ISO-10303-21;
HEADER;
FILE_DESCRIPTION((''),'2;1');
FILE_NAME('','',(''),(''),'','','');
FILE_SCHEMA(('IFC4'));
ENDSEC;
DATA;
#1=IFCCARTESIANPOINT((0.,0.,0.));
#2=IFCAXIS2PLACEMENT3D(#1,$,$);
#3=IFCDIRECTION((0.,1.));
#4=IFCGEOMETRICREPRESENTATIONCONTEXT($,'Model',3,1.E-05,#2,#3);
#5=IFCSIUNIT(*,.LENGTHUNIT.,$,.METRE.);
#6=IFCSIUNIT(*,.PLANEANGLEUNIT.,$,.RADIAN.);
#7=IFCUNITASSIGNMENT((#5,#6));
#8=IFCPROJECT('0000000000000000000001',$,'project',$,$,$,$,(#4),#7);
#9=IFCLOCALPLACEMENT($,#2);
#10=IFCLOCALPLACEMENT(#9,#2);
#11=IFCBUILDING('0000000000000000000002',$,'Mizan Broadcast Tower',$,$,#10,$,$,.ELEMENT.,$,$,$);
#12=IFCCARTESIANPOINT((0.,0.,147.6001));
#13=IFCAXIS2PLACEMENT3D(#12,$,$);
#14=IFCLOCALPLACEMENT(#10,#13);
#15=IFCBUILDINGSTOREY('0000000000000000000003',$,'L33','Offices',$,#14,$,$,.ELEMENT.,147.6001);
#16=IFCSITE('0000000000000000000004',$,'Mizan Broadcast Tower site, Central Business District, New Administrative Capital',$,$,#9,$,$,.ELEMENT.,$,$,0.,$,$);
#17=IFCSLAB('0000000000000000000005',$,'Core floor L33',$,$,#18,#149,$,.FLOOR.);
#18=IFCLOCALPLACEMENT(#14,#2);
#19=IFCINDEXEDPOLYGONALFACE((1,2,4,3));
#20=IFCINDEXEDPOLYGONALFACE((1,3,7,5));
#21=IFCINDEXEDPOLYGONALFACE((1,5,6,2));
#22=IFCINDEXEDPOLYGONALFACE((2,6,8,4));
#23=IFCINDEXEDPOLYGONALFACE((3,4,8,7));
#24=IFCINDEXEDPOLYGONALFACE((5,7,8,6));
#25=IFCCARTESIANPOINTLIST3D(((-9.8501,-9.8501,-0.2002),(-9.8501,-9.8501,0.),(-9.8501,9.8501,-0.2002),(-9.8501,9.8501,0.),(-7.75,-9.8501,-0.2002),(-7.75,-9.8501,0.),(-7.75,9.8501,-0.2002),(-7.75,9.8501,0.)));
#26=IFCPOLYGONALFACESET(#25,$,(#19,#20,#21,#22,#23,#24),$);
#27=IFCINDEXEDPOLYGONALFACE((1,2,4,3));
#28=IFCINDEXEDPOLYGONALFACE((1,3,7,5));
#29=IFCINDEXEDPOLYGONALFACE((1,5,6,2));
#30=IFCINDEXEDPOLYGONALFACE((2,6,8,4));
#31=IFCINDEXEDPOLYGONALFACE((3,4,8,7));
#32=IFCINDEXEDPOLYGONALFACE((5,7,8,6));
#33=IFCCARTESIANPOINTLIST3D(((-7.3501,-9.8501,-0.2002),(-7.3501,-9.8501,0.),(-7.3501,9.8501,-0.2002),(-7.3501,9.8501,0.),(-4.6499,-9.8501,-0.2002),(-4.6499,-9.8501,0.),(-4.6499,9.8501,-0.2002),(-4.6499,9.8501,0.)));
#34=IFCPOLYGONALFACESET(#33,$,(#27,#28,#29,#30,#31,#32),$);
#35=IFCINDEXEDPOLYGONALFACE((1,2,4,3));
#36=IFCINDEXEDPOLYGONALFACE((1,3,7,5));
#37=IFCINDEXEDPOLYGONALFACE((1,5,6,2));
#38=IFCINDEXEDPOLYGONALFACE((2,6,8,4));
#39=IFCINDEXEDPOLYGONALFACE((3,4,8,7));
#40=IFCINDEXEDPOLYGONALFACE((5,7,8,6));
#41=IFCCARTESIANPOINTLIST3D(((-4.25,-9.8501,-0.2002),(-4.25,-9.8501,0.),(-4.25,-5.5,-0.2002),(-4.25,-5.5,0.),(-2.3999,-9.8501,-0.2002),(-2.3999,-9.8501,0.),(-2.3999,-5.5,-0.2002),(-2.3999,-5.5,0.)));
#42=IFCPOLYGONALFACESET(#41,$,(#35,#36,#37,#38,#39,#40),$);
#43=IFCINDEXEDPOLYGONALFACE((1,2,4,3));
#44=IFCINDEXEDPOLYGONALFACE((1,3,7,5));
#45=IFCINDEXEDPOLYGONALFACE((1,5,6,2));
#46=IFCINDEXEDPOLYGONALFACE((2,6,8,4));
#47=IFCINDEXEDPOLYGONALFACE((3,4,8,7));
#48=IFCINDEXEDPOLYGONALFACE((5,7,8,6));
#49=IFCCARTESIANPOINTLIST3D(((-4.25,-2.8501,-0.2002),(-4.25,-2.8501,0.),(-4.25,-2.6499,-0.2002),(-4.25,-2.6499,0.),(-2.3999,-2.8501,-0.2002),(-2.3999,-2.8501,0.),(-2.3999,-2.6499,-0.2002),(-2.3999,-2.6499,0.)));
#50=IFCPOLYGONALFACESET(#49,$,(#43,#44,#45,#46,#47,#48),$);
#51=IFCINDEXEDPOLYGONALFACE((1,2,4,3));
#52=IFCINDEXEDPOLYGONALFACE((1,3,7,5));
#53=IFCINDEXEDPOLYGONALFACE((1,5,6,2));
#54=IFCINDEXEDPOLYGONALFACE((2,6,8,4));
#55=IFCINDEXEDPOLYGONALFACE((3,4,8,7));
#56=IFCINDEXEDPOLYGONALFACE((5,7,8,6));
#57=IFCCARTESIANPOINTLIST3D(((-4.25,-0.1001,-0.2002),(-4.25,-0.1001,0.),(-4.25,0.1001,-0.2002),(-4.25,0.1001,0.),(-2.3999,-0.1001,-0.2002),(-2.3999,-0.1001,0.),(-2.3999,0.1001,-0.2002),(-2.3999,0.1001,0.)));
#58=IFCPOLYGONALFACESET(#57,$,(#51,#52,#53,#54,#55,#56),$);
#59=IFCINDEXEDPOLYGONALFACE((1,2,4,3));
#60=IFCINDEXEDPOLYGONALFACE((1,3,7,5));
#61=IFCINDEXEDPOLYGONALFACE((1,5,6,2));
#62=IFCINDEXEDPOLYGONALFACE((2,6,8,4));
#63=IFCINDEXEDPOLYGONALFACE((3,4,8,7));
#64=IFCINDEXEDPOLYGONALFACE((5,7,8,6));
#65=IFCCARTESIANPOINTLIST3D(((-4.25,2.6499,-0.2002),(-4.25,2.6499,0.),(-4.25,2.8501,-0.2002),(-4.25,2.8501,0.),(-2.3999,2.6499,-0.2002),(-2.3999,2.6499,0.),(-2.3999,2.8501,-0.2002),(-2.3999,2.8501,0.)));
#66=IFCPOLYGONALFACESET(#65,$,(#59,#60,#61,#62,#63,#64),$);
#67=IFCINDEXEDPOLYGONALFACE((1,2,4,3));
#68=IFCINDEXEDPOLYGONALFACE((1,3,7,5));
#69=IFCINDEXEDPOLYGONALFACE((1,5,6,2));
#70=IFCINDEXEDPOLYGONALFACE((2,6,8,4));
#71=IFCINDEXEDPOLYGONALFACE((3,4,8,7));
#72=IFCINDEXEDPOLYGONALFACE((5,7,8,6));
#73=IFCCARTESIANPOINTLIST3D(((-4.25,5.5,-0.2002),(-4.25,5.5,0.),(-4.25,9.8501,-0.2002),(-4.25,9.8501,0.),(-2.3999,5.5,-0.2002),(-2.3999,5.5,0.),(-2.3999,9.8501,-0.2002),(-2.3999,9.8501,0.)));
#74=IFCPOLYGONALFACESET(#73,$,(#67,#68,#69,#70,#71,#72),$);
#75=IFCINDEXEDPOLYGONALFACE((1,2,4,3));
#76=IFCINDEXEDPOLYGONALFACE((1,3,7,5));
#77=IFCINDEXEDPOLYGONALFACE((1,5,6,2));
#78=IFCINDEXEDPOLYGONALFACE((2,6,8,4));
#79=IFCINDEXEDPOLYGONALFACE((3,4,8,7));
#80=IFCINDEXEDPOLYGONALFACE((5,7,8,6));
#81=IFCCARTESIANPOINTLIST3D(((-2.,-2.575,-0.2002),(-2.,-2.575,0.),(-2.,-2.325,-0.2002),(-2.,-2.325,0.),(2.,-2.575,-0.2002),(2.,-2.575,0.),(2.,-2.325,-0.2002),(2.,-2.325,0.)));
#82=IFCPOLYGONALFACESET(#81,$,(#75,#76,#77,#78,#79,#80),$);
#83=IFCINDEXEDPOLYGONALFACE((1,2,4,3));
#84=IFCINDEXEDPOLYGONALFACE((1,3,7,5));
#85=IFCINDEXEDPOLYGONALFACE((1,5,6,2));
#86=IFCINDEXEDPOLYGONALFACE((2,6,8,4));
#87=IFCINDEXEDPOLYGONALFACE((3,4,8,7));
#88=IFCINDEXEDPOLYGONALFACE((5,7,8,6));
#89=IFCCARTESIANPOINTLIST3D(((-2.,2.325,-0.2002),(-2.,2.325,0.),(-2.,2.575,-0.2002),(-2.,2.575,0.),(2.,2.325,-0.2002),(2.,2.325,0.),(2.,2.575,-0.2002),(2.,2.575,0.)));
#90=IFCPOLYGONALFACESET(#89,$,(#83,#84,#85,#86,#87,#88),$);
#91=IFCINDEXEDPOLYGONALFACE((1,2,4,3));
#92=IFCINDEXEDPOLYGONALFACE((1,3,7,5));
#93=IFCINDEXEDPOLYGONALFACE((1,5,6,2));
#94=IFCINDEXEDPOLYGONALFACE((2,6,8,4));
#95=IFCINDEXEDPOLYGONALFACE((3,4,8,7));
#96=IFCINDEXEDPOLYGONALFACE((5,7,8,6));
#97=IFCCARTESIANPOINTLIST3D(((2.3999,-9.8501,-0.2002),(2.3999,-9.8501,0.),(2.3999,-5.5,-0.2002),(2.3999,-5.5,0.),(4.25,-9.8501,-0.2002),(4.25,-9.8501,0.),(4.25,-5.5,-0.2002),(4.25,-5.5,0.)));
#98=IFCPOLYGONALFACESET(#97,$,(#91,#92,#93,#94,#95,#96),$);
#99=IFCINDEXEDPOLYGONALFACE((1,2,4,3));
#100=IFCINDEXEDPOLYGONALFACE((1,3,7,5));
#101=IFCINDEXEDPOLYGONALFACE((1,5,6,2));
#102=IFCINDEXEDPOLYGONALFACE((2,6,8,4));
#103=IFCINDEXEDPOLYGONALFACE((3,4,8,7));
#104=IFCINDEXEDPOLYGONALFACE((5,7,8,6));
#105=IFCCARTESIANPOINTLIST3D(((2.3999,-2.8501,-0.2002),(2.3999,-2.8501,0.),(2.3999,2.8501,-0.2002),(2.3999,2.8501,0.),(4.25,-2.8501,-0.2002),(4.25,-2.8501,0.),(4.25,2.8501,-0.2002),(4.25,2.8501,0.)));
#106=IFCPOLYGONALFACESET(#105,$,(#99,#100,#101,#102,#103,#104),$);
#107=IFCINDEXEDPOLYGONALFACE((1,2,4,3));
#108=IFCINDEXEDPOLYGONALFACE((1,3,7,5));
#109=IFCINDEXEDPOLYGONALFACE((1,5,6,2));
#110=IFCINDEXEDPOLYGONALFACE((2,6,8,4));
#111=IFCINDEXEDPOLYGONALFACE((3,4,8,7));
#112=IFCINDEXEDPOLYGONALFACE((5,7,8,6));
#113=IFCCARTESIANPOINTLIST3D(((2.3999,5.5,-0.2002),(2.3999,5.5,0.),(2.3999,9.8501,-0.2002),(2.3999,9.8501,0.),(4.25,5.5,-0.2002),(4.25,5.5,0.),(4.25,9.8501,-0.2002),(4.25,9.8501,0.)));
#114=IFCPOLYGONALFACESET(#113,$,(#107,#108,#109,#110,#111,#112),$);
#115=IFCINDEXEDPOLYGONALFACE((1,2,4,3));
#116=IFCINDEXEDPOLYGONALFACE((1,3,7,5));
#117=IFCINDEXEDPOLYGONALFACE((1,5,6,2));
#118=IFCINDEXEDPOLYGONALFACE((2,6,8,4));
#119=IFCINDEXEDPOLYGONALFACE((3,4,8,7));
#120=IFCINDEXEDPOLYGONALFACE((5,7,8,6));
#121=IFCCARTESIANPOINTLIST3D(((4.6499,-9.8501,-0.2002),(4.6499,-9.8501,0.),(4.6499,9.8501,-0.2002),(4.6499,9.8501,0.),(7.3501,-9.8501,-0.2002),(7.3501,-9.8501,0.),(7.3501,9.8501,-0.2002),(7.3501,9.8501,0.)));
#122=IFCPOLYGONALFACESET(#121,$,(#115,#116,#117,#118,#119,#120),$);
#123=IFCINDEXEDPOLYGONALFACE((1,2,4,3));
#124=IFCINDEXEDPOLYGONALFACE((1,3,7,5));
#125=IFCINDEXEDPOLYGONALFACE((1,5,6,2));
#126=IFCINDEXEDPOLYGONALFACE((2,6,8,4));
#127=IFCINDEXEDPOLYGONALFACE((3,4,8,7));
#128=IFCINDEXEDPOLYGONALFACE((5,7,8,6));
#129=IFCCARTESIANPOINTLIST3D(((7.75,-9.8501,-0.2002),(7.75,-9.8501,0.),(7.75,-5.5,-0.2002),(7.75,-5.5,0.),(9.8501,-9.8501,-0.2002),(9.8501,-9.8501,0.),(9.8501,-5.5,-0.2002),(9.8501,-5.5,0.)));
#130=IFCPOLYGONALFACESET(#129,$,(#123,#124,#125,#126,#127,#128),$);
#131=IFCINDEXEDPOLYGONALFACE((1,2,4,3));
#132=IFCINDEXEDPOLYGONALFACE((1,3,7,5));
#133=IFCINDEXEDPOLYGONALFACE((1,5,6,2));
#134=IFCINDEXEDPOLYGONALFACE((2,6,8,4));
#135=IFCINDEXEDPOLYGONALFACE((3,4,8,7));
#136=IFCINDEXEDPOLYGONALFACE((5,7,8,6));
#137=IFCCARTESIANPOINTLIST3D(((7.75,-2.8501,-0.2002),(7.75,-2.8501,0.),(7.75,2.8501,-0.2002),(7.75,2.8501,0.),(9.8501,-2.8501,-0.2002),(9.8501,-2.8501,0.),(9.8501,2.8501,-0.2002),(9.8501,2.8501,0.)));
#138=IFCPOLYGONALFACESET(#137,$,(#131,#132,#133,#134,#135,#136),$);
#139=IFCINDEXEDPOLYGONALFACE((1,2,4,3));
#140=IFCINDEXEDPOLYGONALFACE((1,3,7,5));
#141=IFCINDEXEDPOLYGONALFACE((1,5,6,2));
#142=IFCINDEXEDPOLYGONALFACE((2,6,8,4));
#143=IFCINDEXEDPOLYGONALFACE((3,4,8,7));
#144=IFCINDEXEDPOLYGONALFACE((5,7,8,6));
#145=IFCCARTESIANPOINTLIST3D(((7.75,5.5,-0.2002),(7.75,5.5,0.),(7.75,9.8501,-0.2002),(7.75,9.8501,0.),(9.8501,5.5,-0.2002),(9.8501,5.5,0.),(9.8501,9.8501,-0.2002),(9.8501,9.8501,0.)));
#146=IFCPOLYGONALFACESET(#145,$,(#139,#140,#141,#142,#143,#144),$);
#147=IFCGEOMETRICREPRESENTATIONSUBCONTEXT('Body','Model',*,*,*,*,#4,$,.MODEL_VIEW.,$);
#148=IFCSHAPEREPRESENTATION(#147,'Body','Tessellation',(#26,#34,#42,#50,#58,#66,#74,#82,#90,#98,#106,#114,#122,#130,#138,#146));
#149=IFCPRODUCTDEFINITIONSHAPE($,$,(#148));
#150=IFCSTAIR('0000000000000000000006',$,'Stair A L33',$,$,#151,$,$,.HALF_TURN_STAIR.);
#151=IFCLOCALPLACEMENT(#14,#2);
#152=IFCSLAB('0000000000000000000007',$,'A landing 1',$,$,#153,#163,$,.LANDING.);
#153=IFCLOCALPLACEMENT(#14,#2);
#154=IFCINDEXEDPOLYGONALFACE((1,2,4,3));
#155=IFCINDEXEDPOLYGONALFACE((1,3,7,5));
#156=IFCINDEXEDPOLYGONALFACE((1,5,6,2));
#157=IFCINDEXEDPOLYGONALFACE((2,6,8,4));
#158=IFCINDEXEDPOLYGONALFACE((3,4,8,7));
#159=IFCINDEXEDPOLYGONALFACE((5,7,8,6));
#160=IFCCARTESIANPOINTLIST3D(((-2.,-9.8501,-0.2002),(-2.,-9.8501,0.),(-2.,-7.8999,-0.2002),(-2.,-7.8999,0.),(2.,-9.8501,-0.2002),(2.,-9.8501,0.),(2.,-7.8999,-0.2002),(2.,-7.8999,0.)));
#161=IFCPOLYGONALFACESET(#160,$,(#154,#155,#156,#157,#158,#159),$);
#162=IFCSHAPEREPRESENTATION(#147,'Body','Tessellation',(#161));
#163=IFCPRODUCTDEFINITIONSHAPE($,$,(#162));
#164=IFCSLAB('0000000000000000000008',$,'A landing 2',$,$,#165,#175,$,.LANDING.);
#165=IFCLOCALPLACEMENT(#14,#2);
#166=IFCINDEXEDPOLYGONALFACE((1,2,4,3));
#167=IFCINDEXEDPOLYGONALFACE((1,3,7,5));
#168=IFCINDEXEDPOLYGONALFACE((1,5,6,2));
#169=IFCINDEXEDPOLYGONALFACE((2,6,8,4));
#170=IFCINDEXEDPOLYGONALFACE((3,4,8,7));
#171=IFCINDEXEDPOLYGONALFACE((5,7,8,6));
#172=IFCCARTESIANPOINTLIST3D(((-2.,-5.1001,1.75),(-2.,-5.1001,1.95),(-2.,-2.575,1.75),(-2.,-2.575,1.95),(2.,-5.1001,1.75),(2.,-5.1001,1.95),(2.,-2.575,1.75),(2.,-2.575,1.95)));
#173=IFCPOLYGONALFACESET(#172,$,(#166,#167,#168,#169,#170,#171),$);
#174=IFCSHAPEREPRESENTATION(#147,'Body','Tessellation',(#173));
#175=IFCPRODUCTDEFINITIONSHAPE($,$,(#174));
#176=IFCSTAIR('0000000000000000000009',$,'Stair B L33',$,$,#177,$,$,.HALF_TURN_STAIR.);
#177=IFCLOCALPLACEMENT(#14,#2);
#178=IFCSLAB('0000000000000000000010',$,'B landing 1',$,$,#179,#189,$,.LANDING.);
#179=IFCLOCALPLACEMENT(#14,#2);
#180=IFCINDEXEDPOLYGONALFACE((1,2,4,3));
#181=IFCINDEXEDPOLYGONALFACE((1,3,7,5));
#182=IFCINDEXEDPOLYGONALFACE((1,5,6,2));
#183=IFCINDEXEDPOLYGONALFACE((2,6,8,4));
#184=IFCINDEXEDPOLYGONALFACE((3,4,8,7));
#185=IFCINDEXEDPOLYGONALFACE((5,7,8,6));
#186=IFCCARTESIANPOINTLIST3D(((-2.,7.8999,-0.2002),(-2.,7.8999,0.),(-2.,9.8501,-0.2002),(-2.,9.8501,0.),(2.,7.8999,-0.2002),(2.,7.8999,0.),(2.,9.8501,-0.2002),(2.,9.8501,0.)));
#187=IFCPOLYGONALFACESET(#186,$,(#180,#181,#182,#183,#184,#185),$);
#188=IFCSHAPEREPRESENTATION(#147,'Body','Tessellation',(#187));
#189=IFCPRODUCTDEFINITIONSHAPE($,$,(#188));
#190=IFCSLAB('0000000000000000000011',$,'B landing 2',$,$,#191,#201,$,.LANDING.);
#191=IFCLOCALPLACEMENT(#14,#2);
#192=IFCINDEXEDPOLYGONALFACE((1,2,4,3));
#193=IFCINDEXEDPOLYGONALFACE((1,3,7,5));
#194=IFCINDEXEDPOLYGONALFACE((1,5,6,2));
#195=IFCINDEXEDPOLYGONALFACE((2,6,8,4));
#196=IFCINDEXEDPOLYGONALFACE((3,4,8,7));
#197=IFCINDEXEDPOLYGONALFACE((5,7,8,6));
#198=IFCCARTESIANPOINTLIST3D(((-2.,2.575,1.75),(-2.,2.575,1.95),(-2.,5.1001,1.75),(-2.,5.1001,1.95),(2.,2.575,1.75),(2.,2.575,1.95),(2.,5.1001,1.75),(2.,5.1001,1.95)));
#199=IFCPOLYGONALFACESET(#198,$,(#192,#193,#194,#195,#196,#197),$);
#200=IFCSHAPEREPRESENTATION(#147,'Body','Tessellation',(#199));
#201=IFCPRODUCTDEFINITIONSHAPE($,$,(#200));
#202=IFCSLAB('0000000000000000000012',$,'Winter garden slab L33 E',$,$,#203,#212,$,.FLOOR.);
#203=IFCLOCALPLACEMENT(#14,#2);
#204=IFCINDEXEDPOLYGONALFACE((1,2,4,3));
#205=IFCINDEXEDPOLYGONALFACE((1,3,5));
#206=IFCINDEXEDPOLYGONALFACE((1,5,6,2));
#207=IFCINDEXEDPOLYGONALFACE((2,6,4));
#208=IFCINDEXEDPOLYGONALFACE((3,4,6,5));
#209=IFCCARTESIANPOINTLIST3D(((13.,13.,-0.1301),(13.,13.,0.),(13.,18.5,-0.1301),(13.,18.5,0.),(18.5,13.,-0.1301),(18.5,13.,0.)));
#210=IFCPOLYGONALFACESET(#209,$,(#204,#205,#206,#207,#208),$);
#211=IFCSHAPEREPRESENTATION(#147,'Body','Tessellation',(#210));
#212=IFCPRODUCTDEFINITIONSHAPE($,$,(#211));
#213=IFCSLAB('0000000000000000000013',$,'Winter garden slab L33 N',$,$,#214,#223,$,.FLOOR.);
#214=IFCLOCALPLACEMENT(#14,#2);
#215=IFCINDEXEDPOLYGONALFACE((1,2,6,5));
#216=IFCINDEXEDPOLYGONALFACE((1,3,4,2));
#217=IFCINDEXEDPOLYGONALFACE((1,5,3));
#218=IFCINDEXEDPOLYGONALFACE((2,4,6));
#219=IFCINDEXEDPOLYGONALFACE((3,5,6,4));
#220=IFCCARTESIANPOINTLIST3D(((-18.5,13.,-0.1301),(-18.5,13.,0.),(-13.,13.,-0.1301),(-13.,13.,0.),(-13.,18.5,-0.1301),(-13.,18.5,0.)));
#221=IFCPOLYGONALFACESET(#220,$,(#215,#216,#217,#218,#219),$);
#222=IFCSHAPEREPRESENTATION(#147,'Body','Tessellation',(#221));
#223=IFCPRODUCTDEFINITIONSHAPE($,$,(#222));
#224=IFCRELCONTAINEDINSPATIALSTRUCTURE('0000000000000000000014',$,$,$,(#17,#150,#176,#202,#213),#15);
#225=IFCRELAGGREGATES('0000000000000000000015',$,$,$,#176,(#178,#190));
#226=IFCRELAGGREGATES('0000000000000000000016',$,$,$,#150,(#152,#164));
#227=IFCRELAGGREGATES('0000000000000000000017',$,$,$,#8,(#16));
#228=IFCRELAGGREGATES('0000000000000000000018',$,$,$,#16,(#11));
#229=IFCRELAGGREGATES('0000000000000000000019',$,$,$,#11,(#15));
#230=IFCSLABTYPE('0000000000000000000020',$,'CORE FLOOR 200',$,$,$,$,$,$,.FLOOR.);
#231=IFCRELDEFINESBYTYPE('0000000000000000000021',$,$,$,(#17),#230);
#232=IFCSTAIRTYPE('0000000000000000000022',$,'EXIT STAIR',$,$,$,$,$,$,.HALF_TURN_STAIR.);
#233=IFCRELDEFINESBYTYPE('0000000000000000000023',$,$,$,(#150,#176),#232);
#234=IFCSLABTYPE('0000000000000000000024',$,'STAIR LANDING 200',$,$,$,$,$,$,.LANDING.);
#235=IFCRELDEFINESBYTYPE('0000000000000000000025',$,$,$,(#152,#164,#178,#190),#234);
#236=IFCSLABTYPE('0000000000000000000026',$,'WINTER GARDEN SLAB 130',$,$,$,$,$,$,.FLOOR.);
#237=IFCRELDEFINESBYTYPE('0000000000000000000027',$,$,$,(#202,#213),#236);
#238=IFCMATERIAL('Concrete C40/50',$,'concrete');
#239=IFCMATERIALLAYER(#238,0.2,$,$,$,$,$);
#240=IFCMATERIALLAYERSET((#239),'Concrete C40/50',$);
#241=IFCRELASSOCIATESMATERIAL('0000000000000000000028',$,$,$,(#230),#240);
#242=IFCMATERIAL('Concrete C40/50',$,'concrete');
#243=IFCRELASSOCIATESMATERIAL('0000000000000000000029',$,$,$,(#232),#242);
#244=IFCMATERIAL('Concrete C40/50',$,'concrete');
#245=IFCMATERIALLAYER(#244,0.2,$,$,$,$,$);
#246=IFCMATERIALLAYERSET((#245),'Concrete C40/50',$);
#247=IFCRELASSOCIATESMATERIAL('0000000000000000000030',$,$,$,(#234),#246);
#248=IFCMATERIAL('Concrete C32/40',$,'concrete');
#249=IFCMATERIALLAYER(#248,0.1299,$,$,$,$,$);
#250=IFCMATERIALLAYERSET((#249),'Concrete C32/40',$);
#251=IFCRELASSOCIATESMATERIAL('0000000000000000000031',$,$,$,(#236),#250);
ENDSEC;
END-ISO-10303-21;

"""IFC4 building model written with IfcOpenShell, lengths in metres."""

from ifc_helpers import new_model, si_unit, direction, frame, origin, place, context, subcontext, project, spatial, polyline, outline, extrude, material, layer, layer_set, type_object, element, aggregate, save


model = new_model("IFC4")

# Units and contexts
model_context = context("Model", 3, precision=1e-05, world=origin(), true_north=direction((0.0, 1.0)))
body_context = subcontext(model_context, "Body", "Model", "MODEL_VIEW")
ifc_project = project(units=[si_unit("LENGTHUNIT", "METRE"), si_unit("PLANEANGLEUNIT", "RADIAN")], contexts=[model_context])

# Site, building, storey
site_placement = place(None, origin())
site = spatial("IfcSite", under=ifc_project, at=site_placement, Name="Mizan Broadcast Tower site, Central Business District, New Administrative Capital", CompositionType="ELEMENT", RefElevation=0.0)
building_placement = place(site_placement, origin())
building = spatial("IfcBuilding", under=site, at=building_placement, Name="Mizan Broadcast Tower", CompositionType="ELEMENT")
storey_placement = place(building_placement, frame((0.0, 0.0, 147.6001)))
storey = spatial("IfcBuildingStorey", under=building, at=storey_placement, Name="L33", Description="Offices", CompositionType="ELEMENT", Elevation=147.6001)

# Slab
ifc_material_1 = material(Name="Concrete C40/50", Category="concrete")
ifc_layer_1 = layer(ifc_material_1, 0.2)
ifc_layer_set_1 = layer_set([ifc_layer_1], Name="Concrete C40/50")
slab_type_1 = type_object("IfcSlabType", Name="CORE FLOOR 200", PredefinedType="FLOOR", material=ifc_layer_set_1)
slab_1_placement = place(storey_placement, frame((0.0, 0.0, -0.2002)))
element("IfcSlab", 1, at=slab_1_placement, inside=storey, type_object=slab_type_1, Name="Core floor L33", PredefinedType="FLOOR", context=body_context, shape_type="SweptSolid", body=[
    extrude(outline(polyline([(-9.8501, -9.8501), (-7.75, -9.8501), (-7.75, 9.8501), (-9.8501, 9.8501), (-9.8501, -9.8501)])), origin(), (0.0, 0.0, 1.0), 0.2002),
    extrude(outline(polyline([(-4.6499, 9.8501), (-7.3501, 9.8501), (-7.3501, -9.8501), (-4.6499, -9.8501), (-4.6499, 9.8501)])), origin(), (0.0, 0.0, 1.0), 0.2002),
    extrude(outline(polyline([(-4.25, -5.5), (-4.25, -9.8501), (-2.3999, -9.8501), (-2.3999, -5.5), (-4.25, -5.5)])), origin(), (0.0, 0.0, 1.0), 0.2002),
    extrude(outline(polyline([(-4.25, -2.8501), (-2.3999, -2.8501), (-2.3999, -2.6499), (-4.25, -2.6499), (-4.25, -2.8501)])), origin(), (0.0, 0.0, 1.0), 0.2002),
    extrude(outline(polyline([(-4.25, -0.1001), (-2.3999, -0.1001), (-2.3999, 0.1001), (-4.25, 0.1001), (-4.25, -0.1001)])), origin(), (0.0, 0.0, 1.0), 0.2002),
    extrude(outline(polyline([(-4.25, 2.6499), (-2.3999, 2.6499), (-2.3999, 2.8501), (-4.25, 2.8501), (-4.25, 2.6499)])), origin(), (0.0, 0.0, 1.0), 0.2002),
    extrude(outline(polyline([(-4.25, 5.5), (-2.3999, 5.5), (-2.3999, 9.8501), (-4.25, 9.8501), (-4.25, 5.5)])), origin(), (0.0, 0.0, 1.0), 0.2002),
    extrude(outline(polyline([(2.0, -2.325), (-2.0, -2.325), (-2.0, -2.575), (2.0, -2.575), (2.0, -2.325)])), origin(), (0.0, 0.0, 1.0), 0.2002),
    extrude(outline(polyline([(2.0, 2.575), (-2.0, 2.575), (-2.0, 2.325), (2.0, 2.325), (2.0, 2.575)])), origin(), (0.0, 0.0, 1.0), 0.2002),
    extrude(outline(polyline([(4.25, -9.8501), (4.25, -5.5), (2.3999, -5.5), (2.3999, -9.8501), (4.25, -9.8501)])), origin(), (0.0, 0.0, 1.0), 0.2002),
    extrude(outline(polyline([(4.25, -2.8501), (4.25, 2.8501), (2.3999, 2.8501), (2.3999, -2.8501), (4.25, -2.8501)])), origin(), (0.0, 0.0, 1.0), 0.2002),
    extrude(outline(polyline([(4.25, 5.5), (4.25, 9.8501), (2.3999, 9.8501), (2.3999, 5.5), (4.25, 5.5)])), origin(), (0.0, 0.0, 1.0), 0.2002),
    extrude(outline(polyline([(4.6499, 9.8501), (4.6499, -9.8501), (7.3501, -9.8501), (7.3501, 9.8501), (4.6499, 9.8501)])), origin(), (0.0, 0.0, 1.0), 0.2002),
    extrude(outline(polyline([(9.8501, -9.8501), (9.8501, -5.5), (7.75, -5.5), (7.75, -9.8501), (9.8501, -9.8501)])), origin(), (0.0, 0.0, 1.0), 0.2002),
    extrude(outline(polyline([(7.75, -2.8501), (9.8501, -2.8501), (9.8501, 2.8501), (7.75, 2.8501), (7.75, -2.8501)])), origin(), (0.0, 0.0, 1.0), 0.2002),
    extrude(outline(polyline([(9.8501, 5.5), (9.8501, 9.8501), (7.75, 9.8501), (7.75, 5.5), (9.8501, 5.5)])), origin(), (0.0, 0.0, 1.0), 0.2002),
])

# Stairs, slabs
ifc_material_2 = material(Name="Concrete C40/50", Category="concrete")
stair_type = type_object("IfcStairType", Name="EXIT STAIR", PredefinedType="HALF_TURN_STAIR", material=ifc_material_2)
stair_1_placement = place(storey_placement, origin())
stair_1 = element("IfcStair", 2, at=stair_1_placement, inside=storey, type_object=stair_type, Name="Stair A L33", PredefinedType="HALF_TURN_STAIR")
ifc_material_3 = material(Name="Concrete C40/50", Category="concrete")
ifc_layer_2 = layer(ifc_material_3, 0.2)
ifc_layer_set_2 = layer_set([ifc_layer_2], Name="Concrete C40/50")
slab_type_2 = type_object("IfcSlabType", Name="STAIR LANDING 200", PredefinedType="LANDING", material=ifc_layer_set_2)
slab_2_placement = place(storey_placement, frame((0.0, 0.0, -0.2002)))
slab_2 = element("IfcSlab", 3, at=slab_2_placement, type_object=slab_type_2, Name="A landing 1", PredefinedType="LANDING", context=body_context, shape_type="SweptSolid", body=[
    extrude(outline(polyline([(-2.0, -9.8501), (-2.0, -7.8999), (2.0, -7.8999), (2.0, -9.8501), (-2.0, -9.8501)])), origin(), (0.0, 0.0, 1.0), 0.2002),
])
slab_3_placement = place(storey_placement, frame((0.0, 0.0, 1.75)))
slab_3 = element("IfcSlab", 4, at=slab_3_placement, type_object=slab_type_2, Name="A landing 2", PredefinedType="LANDING", context=body_context, shape_type="SweptSolid", body=[
    extrude(outline(polyline([(-2.0, -5.1001), (-2.0, -2.575), (2.0, -2.575), (2.0, -5.1001), (-2.0, -5.1001)])), origin(), (0.0, 0.0, 1.0), 0.2),
])
stair_2_placement = place(storey_placement, origin())
stair_2 = element("IfcStair", 5, at=stair_2_placement, inside=storey, type_object=stair_type, Name="Stair B L33", PredefinedType="HALF_TURN_STAIR")
slab_4_placement = place(storey_placement, frame((0.0, 0.0, -0.2002)))
slab_4 = element("IfcSlab", 6, at=slab_4_placement, type_object=slab_type_2, Name="B landing 1", PredefinedType="LANDING", context=body_context, shape_type="SweptSolid", body=[
    extrude(outline(polyline([(2.0, 9.8501), (2.0, 7.8999), (-2.0, 7.8999), (-2.0, 9.8501), (2.0, 9.8501)])), origin(), (0.0, 0.0, 1.0), 0.2002),
])
slab_5_placement = place(storey_placement, frame((0.0, 0.0, 1.75)))
slab_5 = element("IfcSlab", 7, at=slab_5_placement, type_object=slab_type_2, Name="B landing 2", PredefinedType="LANDING", context=body_context, shape_type="SweptSolid", body=[
    extrude(outline(polyline([(2.0, 5.1001), (2.0, 2.575), (-2.0, 2.575), (-2.0, 5.1001), (2.0, 5.1001)])), origin(), (0.0, 0.0, 1.0), 0.2),
])
aggregate(stair_2, [slab_4, slab_5])

# Slabs
ifc_material_4 = material(Name="Concrete C32/40", Category="concrete")
ifc_layer_3 = layer(ifc_material_4, 0.1299)
ifc_layer_set_3 = layer_set([ifc_layer_3], Name="Concrete C32/40")
slab_type_3 = type_object("IfcSlabType", Name="WINTER GARDEN SLAB 130", PredefinedType="FLOOR", material=ifc_layer_set_3)
slab_6_placement = place(storey_placement, frame((0.0, 0.0, -0.1301)))
element("IfcSlab", 8, at=slab_6_placement, inside=storey, type_object=slab_type_3, Name="Winter garden slab L33 E", PredefinedType="FLOOR", context=body_context, shape_type="SweptSolid", body=[
    extrude(outline(polyline([(13.0, 13.0), (18.5, 13.0), (13.0, 18.5), (13.0, 13.0)])), origin(), (0.0, 0.0, 1.0), 0.1301),
])
slab_7_placement = place(storey_placement, frame((0.0, 0.0, -0.1301)))
element("IfcSlab", 9, at=slab_7_placement, inside=storey, type_object=slab_type_3, Name="Winter garden slab L33 N", PredefinedType="FLOOR", context=body_context, shape_type="SweptSolid", body=[
    extrude(outline(polyline([(-13.0, 13.0), (-13.0, 18.5), (-18.5, 13.0), (-13.0, 13.0)])), origin(), (0.0, 0.0, 1.0), 0.1301),
])

aggregate(stair_1, [slab_2, slab_3])

save(model, "model.ifc")
